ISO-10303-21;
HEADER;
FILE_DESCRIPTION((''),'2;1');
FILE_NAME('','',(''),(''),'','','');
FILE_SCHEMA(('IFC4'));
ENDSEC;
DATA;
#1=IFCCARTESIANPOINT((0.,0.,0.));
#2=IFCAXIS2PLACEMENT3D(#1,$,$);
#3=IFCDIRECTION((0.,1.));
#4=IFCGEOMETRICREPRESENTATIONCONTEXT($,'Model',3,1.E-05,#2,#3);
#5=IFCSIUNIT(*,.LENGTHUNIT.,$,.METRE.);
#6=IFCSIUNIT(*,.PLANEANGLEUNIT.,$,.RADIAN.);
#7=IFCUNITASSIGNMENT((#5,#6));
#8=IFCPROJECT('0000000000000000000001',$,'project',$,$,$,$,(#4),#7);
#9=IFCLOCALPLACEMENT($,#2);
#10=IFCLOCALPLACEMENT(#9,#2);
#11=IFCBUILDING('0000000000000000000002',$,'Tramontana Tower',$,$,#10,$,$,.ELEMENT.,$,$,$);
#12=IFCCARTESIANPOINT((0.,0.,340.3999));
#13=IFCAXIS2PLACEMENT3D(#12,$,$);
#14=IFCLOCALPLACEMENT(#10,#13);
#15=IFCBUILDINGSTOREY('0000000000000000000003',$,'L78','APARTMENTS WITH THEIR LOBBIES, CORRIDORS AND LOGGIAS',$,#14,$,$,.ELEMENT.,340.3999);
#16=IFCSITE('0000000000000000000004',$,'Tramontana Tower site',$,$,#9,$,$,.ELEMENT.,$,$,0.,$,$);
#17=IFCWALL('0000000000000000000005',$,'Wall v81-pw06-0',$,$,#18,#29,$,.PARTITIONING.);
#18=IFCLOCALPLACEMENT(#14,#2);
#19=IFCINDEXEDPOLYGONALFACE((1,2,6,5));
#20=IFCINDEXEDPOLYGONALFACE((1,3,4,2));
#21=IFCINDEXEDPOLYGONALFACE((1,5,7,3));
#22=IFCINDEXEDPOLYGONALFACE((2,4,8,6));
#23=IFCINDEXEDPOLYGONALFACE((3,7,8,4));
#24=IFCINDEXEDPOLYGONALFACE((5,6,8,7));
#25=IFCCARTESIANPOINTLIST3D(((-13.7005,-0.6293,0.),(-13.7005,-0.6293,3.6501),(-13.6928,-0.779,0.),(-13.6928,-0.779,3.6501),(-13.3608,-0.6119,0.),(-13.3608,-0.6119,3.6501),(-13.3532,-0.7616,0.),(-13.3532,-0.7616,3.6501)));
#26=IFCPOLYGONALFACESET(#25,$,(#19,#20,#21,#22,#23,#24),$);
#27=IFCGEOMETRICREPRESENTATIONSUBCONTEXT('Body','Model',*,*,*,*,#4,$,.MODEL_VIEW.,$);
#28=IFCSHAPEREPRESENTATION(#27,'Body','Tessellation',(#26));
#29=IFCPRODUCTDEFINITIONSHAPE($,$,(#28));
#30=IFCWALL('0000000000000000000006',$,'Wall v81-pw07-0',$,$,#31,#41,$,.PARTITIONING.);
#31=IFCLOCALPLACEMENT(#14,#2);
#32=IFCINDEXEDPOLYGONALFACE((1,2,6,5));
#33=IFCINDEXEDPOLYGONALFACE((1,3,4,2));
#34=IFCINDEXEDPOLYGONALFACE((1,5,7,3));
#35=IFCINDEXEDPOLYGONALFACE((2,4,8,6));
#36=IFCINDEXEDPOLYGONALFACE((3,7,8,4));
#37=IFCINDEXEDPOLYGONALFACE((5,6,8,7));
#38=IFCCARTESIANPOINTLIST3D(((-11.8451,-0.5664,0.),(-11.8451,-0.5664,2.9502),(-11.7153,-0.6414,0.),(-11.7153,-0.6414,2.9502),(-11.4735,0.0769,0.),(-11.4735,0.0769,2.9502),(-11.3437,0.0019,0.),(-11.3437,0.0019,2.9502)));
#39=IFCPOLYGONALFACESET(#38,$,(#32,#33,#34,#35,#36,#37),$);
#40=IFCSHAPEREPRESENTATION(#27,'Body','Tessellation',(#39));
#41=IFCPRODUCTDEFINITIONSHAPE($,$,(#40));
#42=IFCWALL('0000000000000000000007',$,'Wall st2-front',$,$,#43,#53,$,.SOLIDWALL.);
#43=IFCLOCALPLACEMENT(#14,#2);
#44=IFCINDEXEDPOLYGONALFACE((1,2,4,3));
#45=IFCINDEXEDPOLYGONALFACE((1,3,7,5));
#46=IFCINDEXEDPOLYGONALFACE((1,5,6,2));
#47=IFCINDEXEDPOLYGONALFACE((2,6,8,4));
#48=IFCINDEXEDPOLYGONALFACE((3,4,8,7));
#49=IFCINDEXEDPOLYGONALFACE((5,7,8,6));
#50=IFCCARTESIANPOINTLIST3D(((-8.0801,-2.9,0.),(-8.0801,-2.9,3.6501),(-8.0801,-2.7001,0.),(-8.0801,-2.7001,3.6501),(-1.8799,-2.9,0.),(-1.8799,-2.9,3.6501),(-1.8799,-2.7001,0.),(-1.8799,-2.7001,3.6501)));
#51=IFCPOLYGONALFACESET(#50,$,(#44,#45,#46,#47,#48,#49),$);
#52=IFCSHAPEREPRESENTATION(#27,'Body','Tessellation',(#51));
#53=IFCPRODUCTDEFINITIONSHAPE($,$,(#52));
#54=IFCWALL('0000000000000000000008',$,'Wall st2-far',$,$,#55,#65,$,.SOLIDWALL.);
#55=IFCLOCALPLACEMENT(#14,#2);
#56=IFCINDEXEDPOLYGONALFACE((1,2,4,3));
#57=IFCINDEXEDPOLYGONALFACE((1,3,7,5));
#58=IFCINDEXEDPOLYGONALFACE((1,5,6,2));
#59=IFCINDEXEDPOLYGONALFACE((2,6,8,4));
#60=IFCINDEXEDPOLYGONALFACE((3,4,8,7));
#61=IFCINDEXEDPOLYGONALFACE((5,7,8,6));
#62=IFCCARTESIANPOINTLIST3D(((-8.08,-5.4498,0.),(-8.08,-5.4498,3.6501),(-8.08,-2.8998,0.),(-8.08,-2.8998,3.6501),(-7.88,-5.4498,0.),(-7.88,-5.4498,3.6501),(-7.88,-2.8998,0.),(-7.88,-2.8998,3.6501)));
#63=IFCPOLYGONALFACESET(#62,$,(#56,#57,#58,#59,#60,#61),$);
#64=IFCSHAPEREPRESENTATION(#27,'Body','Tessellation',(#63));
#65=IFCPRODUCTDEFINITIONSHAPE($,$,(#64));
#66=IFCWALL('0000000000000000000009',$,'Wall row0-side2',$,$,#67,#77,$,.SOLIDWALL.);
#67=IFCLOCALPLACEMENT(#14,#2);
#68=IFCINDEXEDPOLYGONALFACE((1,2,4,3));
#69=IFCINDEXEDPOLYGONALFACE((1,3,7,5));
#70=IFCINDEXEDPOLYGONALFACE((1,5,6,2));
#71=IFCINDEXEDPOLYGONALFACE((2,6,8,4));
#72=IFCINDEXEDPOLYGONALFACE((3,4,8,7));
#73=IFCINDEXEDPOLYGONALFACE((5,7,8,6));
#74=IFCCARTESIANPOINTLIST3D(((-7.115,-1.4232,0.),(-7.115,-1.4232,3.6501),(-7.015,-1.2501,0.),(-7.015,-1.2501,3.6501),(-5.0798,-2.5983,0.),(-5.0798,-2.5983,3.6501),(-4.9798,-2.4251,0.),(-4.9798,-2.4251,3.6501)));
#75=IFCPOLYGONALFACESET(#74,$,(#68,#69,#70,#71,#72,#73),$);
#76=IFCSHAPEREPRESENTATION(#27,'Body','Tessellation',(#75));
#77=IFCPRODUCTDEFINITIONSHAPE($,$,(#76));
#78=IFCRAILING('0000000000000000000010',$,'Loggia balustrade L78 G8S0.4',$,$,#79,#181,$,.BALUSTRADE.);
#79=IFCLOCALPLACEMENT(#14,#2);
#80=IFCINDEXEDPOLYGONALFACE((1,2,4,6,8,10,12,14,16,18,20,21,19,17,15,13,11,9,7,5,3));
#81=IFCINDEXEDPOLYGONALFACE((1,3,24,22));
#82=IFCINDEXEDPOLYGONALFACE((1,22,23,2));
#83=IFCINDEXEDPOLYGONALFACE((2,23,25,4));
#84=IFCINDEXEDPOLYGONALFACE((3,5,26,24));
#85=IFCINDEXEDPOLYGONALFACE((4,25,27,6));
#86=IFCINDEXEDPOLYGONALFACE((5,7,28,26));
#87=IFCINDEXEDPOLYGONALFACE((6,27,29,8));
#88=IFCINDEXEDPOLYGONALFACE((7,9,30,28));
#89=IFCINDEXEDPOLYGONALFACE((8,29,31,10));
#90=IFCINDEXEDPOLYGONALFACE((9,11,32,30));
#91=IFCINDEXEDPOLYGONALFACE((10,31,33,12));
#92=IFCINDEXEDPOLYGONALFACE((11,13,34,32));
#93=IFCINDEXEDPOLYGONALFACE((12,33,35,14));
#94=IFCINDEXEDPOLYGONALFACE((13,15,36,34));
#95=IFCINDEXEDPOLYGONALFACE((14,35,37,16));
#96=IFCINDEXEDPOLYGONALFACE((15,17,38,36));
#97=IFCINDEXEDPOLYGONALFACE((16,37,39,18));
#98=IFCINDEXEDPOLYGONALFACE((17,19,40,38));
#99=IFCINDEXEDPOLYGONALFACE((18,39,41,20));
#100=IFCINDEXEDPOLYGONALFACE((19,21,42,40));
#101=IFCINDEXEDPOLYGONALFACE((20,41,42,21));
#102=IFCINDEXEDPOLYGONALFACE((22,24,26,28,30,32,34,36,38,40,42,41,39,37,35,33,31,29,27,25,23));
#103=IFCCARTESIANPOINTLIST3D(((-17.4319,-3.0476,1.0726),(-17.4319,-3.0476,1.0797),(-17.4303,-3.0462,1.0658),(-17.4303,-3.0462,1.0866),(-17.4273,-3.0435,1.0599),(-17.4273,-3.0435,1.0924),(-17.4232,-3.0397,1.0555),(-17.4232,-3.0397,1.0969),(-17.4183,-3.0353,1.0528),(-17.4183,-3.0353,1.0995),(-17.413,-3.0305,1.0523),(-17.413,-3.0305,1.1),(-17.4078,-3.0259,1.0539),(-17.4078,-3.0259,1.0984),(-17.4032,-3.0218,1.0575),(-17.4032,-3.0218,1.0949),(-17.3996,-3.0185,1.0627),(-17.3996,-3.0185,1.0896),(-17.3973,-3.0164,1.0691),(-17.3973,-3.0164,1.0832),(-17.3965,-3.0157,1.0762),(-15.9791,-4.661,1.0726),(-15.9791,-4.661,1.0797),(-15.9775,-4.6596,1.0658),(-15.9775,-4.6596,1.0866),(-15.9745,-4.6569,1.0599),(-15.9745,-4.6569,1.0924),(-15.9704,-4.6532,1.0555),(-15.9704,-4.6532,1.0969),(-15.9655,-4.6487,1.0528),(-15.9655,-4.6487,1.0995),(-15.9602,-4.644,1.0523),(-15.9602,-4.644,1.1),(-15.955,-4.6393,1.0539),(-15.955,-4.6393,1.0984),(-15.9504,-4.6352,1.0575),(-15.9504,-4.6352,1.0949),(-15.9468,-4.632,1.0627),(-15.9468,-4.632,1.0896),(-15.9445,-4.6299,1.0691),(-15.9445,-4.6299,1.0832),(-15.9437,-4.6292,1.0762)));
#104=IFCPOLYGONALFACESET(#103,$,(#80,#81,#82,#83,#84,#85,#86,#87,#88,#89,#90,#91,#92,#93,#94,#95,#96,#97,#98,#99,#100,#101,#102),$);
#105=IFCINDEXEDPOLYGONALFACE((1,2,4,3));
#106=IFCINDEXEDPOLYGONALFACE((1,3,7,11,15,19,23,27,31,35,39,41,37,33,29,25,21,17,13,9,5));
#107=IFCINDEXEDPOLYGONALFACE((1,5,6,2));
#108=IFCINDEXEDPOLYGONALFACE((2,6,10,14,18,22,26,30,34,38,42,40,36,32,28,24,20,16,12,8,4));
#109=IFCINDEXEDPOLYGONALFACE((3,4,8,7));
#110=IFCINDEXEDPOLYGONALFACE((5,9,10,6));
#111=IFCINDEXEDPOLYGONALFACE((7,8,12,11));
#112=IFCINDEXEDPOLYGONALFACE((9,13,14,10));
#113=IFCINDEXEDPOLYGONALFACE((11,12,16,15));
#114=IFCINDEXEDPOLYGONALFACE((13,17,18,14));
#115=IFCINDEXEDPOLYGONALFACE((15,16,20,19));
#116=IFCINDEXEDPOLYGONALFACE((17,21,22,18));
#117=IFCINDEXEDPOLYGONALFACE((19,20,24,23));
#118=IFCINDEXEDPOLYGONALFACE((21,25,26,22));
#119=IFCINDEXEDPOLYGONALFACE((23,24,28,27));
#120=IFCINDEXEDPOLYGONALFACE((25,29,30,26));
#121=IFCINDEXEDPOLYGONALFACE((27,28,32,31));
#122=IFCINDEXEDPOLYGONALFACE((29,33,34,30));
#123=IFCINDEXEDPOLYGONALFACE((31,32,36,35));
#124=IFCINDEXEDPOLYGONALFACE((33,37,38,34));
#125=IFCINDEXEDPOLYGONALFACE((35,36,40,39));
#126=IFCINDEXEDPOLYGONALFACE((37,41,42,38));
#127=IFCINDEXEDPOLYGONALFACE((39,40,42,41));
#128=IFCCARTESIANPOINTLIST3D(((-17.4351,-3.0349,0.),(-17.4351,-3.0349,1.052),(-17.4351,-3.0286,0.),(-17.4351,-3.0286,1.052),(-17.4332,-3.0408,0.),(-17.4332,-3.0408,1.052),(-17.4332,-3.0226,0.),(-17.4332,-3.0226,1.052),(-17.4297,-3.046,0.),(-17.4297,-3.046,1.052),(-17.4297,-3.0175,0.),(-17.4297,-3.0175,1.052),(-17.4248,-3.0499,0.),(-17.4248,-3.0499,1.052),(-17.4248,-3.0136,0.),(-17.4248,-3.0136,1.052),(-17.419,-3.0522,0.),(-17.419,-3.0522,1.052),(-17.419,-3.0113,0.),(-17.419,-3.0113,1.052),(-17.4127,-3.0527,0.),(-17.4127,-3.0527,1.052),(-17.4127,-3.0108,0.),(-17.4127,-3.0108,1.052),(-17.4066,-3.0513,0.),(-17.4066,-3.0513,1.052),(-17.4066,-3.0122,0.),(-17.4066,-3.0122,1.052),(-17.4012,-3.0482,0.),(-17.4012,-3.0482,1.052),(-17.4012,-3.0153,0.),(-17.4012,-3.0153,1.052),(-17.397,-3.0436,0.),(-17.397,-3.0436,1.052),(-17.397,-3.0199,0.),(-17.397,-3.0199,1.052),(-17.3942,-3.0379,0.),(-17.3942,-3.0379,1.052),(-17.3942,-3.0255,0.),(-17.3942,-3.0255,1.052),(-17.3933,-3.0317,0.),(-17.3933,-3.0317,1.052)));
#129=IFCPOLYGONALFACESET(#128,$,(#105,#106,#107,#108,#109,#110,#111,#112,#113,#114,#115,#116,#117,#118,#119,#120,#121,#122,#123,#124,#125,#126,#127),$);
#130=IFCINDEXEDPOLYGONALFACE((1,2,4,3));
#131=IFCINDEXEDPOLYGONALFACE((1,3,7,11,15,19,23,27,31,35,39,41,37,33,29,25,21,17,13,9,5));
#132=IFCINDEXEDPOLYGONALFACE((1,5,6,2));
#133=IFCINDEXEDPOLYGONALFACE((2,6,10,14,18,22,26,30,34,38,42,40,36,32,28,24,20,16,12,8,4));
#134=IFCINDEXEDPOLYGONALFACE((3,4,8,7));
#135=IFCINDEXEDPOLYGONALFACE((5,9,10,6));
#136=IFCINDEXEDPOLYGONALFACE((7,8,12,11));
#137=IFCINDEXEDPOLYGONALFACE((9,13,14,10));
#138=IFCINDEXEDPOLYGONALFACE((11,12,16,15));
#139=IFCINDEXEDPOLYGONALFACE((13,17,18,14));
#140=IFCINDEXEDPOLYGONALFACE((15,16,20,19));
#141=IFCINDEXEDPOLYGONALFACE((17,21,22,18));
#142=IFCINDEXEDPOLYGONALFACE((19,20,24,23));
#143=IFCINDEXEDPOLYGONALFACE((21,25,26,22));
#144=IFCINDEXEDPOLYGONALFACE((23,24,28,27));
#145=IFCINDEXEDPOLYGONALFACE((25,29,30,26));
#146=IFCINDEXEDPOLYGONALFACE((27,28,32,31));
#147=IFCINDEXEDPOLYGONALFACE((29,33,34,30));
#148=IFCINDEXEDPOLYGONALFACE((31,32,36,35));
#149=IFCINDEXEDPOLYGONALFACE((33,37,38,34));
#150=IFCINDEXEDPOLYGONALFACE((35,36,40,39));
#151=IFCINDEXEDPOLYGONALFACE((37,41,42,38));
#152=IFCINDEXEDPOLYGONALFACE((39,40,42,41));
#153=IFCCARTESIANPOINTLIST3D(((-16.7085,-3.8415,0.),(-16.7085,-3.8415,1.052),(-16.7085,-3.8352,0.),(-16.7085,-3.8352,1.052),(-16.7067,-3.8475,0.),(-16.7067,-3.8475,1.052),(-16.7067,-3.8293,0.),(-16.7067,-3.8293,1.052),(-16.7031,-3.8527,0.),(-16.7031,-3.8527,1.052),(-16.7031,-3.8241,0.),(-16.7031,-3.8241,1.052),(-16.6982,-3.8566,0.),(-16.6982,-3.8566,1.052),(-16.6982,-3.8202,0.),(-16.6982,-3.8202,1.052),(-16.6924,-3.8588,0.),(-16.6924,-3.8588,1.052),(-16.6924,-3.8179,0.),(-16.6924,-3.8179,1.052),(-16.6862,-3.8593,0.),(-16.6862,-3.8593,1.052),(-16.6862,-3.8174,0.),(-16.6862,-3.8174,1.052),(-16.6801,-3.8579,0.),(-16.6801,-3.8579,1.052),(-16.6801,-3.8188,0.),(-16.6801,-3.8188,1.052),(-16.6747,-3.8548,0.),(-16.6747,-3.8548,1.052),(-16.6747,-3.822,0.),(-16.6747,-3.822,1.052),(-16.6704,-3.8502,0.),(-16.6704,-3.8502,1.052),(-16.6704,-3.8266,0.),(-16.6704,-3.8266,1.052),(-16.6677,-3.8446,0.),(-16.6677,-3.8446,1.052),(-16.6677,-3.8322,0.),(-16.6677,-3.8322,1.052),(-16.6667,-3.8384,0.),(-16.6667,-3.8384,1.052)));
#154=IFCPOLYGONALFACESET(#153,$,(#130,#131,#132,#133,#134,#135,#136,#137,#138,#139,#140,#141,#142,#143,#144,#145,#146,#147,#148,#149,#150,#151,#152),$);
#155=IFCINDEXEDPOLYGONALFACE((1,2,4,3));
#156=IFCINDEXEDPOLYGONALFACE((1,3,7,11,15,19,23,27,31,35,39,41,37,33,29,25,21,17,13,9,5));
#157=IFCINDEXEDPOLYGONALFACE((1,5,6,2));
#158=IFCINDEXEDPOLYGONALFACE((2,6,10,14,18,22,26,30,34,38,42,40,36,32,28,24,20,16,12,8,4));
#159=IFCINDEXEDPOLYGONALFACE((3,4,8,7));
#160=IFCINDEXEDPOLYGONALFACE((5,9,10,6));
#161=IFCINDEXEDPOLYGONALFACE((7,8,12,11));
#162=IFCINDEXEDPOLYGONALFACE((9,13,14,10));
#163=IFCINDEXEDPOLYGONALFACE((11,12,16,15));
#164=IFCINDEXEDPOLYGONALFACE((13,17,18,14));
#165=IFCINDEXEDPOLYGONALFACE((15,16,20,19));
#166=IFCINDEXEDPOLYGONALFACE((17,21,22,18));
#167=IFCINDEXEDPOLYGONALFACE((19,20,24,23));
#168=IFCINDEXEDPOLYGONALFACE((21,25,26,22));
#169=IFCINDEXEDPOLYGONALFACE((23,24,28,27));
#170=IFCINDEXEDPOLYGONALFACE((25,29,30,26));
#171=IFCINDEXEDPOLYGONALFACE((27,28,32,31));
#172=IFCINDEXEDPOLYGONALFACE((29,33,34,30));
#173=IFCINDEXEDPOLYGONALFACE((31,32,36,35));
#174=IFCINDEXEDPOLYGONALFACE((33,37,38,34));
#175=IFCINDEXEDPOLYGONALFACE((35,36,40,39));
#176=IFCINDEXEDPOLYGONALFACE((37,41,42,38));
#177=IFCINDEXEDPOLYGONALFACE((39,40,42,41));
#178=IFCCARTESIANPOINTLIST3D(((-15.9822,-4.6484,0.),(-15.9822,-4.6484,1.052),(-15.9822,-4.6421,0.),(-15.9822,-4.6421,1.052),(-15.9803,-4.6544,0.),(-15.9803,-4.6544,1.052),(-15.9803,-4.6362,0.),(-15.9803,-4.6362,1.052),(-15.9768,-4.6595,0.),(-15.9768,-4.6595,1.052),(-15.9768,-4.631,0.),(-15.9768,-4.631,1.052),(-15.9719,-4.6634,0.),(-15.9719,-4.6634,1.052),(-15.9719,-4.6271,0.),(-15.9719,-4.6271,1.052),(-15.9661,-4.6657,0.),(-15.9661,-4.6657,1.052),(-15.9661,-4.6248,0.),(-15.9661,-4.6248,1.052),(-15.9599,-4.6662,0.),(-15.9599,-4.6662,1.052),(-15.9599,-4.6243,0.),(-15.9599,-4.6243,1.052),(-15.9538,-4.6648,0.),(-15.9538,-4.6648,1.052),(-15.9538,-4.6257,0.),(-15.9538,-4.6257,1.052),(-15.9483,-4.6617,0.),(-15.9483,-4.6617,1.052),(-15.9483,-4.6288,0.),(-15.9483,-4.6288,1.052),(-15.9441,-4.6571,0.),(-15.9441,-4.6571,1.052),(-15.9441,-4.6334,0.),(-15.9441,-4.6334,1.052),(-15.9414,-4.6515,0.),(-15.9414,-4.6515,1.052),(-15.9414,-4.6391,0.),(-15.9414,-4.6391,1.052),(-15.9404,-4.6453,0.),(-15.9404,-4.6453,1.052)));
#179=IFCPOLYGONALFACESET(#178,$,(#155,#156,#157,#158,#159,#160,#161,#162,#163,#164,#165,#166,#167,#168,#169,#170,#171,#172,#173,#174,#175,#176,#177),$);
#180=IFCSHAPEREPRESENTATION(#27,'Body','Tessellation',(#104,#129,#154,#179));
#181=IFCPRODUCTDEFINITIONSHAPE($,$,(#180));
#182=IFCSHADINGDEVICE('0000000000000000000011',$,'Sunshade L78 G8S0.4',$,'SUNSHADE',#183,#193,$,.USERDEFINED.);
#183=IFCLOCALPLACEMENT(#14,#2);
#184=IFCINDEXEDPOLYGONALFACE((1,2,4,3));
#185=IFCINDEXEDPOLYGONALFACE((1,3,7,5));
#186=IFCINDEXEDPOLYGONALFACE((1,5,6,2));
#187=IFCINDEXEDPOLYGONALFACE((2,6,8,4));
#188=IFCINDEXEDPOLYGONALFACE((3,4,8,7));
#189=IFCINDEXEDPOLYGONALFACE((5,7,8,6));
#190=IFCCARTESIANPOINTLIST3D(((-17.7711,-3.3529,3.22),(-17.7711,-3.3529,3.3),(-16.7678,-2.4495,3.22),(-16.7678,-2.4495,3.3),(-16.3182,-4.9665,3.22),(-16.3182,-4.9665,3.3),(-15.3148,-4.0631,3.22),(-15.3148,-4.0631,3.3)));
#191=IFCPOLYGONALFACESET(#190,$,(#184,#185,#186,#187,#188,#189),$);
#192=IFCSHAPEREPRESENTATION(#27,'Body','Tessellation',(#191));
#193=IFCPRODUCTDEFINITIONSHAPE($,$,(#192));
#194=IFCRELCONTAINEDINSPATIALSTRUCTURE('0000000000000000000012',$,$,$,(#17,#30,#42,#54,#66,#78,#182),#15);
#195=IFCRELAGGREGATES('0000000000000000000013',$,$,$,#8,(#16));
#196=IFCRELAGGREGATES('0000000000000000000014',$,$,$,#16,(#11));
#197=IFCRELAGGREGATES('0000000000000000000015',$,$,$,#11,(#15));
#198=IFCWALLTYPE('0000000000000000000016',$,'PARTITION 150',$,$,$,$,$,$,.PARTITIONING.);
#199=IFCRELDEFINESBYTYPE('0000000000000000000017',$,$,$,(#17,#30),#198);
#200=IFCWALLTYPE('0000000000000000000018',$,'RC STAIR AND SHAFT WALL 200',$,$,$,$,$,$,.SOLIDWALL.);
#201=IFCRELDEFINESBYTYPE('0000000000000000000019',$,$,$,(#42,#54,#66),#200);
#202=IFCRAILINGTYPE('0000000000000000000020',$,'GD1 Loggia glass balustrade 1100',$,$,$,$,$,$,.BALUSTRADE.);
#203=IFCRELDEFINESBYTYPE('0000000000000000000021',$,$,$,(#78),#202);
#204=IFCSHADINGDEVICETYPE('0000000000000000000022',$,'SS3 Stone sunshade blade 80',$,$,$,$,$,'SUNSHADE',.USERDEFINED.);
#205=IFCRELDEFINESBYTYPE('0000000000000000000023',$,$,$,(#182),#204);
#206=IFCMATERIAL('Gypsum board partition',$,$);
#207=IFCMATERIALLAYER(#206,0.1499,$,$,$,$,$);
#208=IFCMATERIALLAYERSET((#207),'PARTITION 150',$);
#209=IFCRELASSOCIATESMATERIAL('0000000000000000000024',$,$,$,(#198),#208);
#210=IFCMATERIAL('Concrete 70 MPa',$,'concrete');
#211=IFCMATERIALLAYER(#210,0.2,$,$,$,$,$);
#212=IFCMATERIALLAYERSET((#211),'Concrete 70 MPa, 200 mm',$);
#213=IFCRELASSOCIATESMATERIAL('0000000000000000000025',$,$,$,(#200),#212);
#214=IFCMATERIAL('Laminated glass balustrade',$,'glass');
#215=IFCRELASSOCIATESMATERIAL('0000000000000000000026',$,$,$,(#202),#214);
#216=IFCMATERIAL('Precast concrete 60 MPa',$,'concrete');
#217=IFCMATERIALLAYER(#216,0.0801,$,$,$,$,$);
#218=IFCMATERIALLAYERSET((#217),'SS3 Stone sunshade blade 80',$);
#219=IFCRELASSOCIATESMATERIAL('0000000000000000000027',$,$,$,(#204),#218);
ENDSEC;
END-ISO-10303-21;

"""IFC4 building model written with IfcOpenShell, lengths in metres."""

from ifc_helpers import new_model, si_unit, direction, frame, frame_2d, origin, origin_2d, place, context, subcontext, project, spatial, rectangle, circle, extrude, material, layer, layer_set, type_object, element, save


model = new_model("IFC4")

# Units and contexts
model_context = context("Model", 3, precision=1e-05, world=origin(), true_north=direction((0.0, 1.0)))
body_context = subcontext(model_context, "Body", "Model", "MODEL_VIEW")
ifc_project = project(units=[si_unit("LENGTHUNIT", "METRE"), si_unit("PLANEANGLEUNIT", "RADIAN")], contexts=[model_context])

# Site, building, storey
site_placement = place(None, origin())
site = spatial("IfcSite", under=ifc_project, at=site_placement, Name="Tramontana Tower site", CompositionType="ELEMENT", RefElevation=0.0)
building_placement = place(site_placement, origin())
building = spatial("IfcBuilding", under=site, at=building_placement, Name="Tramontana Tower", CompositionType="ELEMENT")
storey_placement = place(building_placement, frame((0.0, 0.0, 340.3999)))
storey = spatial("IfcBuildingStorey", under=building, at=storey_placement, Name="L78", Description="APARTMENTS WITH THEIR LOBBIES, CORRIDORS AND LOGGIAS", CompositionType="ELEMENT", Elevation=340.3999)

# Wall
ifc_material_1 = material(Name="Gypsum board partition")
ifc_layer_1 = layer(ifc_material_1, 0.1499)
ifc_layer_set_1 = layer_set([ifc_layer_1], Name="PARTITION 150")
wall_type_1 = type_object("IfcWallType", Name="PARTITION 150", PredefinedType="PARTITIONING", material=ifc_layer_set_1)
wall_1_placement = place(storey_placement, frame((-13.6965, -0.7041, 0.0), z_axis=(0.0, 0.0, 1.0), x_axis=(0.9987, 0.050976, 0.0)))
element("IfcWall", 1, at=wall_1_placement, inside=storey, type_object=wall_type_1, Name="Wall v81-pw06-0", PredefinedType="PARTITIONING", context=body_context, shape_type="SweptSolid", body=[
    extrude(rectangle(XDim=0.3401, YDim=0.1499, at=frame_2d((0.1699, 0.0))), origin(), (0.0, 0.0, 1.0), 3.6501),
])

# Walls
wall_2_placement = place(storey_placement, frame((-11.7803, -0.604, 0.0), z_axis=(0.0, 0.0, 1.0), x_axis=(0.500168, 0.865928, 0.0)))
element("IfcWall", 2, at=wall_2_placement, inside=storey, type_object=wall_type_1, Name="Wall v81-pw07-0", PredefinedType="PARTITIONING", context=body_context, shape_type="SweptSolid", body=[
    extrude(rectangle(XDim=0.7429, YDim=0.1499, at=frame_2d((0.3716, 0.0))), origin(), (0.0, 0.0, 1.0), 2.9502),
])
ifc_material_2 = material(Name="Concrete 70 MPa", Category="concrete")
ifc_layer_2 = layer(ifc_material_2, 0.2)
ifc_layer_set_2 = layer_set([ifc_layer_2], Name="Concrete 70 MPa, 200 mm")
wall_type_2 = type_object("IfcWallType", Name="RC STAIR AND SHAFT WALL 200", PredefinedType="SOLIDWALL", material=ifc_layer_set_2)
wall_3_placement = place(storey_placement, frame((-8.0801, -2.8, 0.0), z_axis=(0.0, 0.0, 1.0), x_axis=(1.0, 0.0, 0.0)))
element("IfcWall", 3, at=wall_3_placement, inside=storey, type_object=wall_type_2, Name="Wall st2-front", PredefinedType="SOLIDWALL", context=body_context, shape_type="SweptSolid", body=[
    extrude(rectangle(XDim=6.2002, YDim=0.2, at=frame_2d((3.1001, 0.0))), origin(), (0.0, 0.0, 1.0), 3.6501),
])
wall_4_placement = place(storey_placement, frame((-7.98, -2.8999, 0.0), z_axis=(0.0, 0.0, 1.0), x_axis=(0.0, -1.0, 0.0)))
element("IfcWall", 4, at=wall_4_placement, inside=storey, type_object=wall_type_2, Name="Wall st2-far", PredefinedType="SOLIDWALL", context=body_context, shape_type="SweptSolid", body=[
    extrude(rectangle(XDim=2.55, YDim=0.2, at=frame_2d((1.2749, 0.0))), origin(), (0.0, 0.0, 1.0), 3.6501),
])

# Wall
wall_5_placement = place(storey_placement, frame((-5.0298, -2.5117, 0.0), z_axis=(0.0, 0.0, 1.0), x_axis=(-0.866016, 0.500016, 0.0)))
element("IfcWall", 5, at=wall_5_placement, inside=storey, type_object=wall_type_2, Name="Wall row0-side2", PredefinedType="SOLIDWALL", context=body_context, shape_type="SweptSolid", body=[
    extrude(rectangle(XDim=2.3501, YDim=0.2, at=frame_2d((1.175, 0.0))), origin(), (0.0, 0.0, 1.0), 3.6501),
])

# Railing
ifc_material_3 = material(Name="Laminated glass balustrade", Category="glass")
railing_type_1 = type_object("IfcRailingType", Name="GD1 Loggia glass balustrade 1100", PredefinedType="BALUSTRADE", material=ifc_material_3)
railing_1_placement = place(storey_placement, frame((-17.4143, -3.0317, 0.0)))
element("IfcRailing", 6, at=railing_1_placement, inside=storey, type_object=railing_type_1, Name="Loggia balustrade L78 G8S0.4", PredefinedType="BALUSTRADE", context=body_context, shape_type="SweptSolid", body=[
    extrude(circle(Radius=0.0239, at=origin_2d()), frame((0.0, 0.0, 1.0762), z_axis=(0.669145, -0.743132, 0.0), x_axis=(0.743132, 0.669145, 0.0)), (0.0, 0.0, 1.0), 2.1711),
    extrude(circle(Radius=0.021, at=origin_2d()), origin(), (0.0, 0.0, 1.0), 1.052),
    extrude(circle(Radius=0.021, at=origin_2d()), frame((0.7266, -0.8066, 0.0)), (0.0, 0.0, 1.0), 1.052),
    extrude(circle(Radius=0.021, at=origin_2d()), frame((1.4529, -1.6135, 0.0)), (0.0, 0.0, 1.0), 1.052),
])

# Shading device
ifc_material_4 = material(Name="Precast concrete 60 MPa", Category="concrete")
ifc_layer_3 = layer(ifc_material_4, 0.0801)
ifc_layer_set_3 = layer_set([ifc_layer_3], Name="SS3 Stone sunshade blade 80")
shading_device_type = type_object("IfcShadingDeviceType", Name="SS3 Stone sunshade blade 80", ElementType="SUNSHADE", PredefinedType="USERDEFINED", material=ifc_layer_set_3)
shading_device_placement = place(storey_placement, frame((-16.543, -3.708, 3.22), z_axis=(0.0, 0.0, 1.0), x_axis=(0.669131, -0.743145, 0.0)))
element("IfcShadingDevice", 7, at=shading_device_placement, inside=storey, type_object=shading_device_type, Name="Sunshade L78 G8S0.4", ObjectType="SUNSHADE", PredefinedType="USERDEFINED", context=body_context, shape_type="SweptSolid", body=[
    extrude(rectangle(XDim=2.1714, YDim=1.3501, at=origin_2d()), origin(), (0.0, 0.0, 1.0), 0.0801),
])

save(model, "model.ifc")
